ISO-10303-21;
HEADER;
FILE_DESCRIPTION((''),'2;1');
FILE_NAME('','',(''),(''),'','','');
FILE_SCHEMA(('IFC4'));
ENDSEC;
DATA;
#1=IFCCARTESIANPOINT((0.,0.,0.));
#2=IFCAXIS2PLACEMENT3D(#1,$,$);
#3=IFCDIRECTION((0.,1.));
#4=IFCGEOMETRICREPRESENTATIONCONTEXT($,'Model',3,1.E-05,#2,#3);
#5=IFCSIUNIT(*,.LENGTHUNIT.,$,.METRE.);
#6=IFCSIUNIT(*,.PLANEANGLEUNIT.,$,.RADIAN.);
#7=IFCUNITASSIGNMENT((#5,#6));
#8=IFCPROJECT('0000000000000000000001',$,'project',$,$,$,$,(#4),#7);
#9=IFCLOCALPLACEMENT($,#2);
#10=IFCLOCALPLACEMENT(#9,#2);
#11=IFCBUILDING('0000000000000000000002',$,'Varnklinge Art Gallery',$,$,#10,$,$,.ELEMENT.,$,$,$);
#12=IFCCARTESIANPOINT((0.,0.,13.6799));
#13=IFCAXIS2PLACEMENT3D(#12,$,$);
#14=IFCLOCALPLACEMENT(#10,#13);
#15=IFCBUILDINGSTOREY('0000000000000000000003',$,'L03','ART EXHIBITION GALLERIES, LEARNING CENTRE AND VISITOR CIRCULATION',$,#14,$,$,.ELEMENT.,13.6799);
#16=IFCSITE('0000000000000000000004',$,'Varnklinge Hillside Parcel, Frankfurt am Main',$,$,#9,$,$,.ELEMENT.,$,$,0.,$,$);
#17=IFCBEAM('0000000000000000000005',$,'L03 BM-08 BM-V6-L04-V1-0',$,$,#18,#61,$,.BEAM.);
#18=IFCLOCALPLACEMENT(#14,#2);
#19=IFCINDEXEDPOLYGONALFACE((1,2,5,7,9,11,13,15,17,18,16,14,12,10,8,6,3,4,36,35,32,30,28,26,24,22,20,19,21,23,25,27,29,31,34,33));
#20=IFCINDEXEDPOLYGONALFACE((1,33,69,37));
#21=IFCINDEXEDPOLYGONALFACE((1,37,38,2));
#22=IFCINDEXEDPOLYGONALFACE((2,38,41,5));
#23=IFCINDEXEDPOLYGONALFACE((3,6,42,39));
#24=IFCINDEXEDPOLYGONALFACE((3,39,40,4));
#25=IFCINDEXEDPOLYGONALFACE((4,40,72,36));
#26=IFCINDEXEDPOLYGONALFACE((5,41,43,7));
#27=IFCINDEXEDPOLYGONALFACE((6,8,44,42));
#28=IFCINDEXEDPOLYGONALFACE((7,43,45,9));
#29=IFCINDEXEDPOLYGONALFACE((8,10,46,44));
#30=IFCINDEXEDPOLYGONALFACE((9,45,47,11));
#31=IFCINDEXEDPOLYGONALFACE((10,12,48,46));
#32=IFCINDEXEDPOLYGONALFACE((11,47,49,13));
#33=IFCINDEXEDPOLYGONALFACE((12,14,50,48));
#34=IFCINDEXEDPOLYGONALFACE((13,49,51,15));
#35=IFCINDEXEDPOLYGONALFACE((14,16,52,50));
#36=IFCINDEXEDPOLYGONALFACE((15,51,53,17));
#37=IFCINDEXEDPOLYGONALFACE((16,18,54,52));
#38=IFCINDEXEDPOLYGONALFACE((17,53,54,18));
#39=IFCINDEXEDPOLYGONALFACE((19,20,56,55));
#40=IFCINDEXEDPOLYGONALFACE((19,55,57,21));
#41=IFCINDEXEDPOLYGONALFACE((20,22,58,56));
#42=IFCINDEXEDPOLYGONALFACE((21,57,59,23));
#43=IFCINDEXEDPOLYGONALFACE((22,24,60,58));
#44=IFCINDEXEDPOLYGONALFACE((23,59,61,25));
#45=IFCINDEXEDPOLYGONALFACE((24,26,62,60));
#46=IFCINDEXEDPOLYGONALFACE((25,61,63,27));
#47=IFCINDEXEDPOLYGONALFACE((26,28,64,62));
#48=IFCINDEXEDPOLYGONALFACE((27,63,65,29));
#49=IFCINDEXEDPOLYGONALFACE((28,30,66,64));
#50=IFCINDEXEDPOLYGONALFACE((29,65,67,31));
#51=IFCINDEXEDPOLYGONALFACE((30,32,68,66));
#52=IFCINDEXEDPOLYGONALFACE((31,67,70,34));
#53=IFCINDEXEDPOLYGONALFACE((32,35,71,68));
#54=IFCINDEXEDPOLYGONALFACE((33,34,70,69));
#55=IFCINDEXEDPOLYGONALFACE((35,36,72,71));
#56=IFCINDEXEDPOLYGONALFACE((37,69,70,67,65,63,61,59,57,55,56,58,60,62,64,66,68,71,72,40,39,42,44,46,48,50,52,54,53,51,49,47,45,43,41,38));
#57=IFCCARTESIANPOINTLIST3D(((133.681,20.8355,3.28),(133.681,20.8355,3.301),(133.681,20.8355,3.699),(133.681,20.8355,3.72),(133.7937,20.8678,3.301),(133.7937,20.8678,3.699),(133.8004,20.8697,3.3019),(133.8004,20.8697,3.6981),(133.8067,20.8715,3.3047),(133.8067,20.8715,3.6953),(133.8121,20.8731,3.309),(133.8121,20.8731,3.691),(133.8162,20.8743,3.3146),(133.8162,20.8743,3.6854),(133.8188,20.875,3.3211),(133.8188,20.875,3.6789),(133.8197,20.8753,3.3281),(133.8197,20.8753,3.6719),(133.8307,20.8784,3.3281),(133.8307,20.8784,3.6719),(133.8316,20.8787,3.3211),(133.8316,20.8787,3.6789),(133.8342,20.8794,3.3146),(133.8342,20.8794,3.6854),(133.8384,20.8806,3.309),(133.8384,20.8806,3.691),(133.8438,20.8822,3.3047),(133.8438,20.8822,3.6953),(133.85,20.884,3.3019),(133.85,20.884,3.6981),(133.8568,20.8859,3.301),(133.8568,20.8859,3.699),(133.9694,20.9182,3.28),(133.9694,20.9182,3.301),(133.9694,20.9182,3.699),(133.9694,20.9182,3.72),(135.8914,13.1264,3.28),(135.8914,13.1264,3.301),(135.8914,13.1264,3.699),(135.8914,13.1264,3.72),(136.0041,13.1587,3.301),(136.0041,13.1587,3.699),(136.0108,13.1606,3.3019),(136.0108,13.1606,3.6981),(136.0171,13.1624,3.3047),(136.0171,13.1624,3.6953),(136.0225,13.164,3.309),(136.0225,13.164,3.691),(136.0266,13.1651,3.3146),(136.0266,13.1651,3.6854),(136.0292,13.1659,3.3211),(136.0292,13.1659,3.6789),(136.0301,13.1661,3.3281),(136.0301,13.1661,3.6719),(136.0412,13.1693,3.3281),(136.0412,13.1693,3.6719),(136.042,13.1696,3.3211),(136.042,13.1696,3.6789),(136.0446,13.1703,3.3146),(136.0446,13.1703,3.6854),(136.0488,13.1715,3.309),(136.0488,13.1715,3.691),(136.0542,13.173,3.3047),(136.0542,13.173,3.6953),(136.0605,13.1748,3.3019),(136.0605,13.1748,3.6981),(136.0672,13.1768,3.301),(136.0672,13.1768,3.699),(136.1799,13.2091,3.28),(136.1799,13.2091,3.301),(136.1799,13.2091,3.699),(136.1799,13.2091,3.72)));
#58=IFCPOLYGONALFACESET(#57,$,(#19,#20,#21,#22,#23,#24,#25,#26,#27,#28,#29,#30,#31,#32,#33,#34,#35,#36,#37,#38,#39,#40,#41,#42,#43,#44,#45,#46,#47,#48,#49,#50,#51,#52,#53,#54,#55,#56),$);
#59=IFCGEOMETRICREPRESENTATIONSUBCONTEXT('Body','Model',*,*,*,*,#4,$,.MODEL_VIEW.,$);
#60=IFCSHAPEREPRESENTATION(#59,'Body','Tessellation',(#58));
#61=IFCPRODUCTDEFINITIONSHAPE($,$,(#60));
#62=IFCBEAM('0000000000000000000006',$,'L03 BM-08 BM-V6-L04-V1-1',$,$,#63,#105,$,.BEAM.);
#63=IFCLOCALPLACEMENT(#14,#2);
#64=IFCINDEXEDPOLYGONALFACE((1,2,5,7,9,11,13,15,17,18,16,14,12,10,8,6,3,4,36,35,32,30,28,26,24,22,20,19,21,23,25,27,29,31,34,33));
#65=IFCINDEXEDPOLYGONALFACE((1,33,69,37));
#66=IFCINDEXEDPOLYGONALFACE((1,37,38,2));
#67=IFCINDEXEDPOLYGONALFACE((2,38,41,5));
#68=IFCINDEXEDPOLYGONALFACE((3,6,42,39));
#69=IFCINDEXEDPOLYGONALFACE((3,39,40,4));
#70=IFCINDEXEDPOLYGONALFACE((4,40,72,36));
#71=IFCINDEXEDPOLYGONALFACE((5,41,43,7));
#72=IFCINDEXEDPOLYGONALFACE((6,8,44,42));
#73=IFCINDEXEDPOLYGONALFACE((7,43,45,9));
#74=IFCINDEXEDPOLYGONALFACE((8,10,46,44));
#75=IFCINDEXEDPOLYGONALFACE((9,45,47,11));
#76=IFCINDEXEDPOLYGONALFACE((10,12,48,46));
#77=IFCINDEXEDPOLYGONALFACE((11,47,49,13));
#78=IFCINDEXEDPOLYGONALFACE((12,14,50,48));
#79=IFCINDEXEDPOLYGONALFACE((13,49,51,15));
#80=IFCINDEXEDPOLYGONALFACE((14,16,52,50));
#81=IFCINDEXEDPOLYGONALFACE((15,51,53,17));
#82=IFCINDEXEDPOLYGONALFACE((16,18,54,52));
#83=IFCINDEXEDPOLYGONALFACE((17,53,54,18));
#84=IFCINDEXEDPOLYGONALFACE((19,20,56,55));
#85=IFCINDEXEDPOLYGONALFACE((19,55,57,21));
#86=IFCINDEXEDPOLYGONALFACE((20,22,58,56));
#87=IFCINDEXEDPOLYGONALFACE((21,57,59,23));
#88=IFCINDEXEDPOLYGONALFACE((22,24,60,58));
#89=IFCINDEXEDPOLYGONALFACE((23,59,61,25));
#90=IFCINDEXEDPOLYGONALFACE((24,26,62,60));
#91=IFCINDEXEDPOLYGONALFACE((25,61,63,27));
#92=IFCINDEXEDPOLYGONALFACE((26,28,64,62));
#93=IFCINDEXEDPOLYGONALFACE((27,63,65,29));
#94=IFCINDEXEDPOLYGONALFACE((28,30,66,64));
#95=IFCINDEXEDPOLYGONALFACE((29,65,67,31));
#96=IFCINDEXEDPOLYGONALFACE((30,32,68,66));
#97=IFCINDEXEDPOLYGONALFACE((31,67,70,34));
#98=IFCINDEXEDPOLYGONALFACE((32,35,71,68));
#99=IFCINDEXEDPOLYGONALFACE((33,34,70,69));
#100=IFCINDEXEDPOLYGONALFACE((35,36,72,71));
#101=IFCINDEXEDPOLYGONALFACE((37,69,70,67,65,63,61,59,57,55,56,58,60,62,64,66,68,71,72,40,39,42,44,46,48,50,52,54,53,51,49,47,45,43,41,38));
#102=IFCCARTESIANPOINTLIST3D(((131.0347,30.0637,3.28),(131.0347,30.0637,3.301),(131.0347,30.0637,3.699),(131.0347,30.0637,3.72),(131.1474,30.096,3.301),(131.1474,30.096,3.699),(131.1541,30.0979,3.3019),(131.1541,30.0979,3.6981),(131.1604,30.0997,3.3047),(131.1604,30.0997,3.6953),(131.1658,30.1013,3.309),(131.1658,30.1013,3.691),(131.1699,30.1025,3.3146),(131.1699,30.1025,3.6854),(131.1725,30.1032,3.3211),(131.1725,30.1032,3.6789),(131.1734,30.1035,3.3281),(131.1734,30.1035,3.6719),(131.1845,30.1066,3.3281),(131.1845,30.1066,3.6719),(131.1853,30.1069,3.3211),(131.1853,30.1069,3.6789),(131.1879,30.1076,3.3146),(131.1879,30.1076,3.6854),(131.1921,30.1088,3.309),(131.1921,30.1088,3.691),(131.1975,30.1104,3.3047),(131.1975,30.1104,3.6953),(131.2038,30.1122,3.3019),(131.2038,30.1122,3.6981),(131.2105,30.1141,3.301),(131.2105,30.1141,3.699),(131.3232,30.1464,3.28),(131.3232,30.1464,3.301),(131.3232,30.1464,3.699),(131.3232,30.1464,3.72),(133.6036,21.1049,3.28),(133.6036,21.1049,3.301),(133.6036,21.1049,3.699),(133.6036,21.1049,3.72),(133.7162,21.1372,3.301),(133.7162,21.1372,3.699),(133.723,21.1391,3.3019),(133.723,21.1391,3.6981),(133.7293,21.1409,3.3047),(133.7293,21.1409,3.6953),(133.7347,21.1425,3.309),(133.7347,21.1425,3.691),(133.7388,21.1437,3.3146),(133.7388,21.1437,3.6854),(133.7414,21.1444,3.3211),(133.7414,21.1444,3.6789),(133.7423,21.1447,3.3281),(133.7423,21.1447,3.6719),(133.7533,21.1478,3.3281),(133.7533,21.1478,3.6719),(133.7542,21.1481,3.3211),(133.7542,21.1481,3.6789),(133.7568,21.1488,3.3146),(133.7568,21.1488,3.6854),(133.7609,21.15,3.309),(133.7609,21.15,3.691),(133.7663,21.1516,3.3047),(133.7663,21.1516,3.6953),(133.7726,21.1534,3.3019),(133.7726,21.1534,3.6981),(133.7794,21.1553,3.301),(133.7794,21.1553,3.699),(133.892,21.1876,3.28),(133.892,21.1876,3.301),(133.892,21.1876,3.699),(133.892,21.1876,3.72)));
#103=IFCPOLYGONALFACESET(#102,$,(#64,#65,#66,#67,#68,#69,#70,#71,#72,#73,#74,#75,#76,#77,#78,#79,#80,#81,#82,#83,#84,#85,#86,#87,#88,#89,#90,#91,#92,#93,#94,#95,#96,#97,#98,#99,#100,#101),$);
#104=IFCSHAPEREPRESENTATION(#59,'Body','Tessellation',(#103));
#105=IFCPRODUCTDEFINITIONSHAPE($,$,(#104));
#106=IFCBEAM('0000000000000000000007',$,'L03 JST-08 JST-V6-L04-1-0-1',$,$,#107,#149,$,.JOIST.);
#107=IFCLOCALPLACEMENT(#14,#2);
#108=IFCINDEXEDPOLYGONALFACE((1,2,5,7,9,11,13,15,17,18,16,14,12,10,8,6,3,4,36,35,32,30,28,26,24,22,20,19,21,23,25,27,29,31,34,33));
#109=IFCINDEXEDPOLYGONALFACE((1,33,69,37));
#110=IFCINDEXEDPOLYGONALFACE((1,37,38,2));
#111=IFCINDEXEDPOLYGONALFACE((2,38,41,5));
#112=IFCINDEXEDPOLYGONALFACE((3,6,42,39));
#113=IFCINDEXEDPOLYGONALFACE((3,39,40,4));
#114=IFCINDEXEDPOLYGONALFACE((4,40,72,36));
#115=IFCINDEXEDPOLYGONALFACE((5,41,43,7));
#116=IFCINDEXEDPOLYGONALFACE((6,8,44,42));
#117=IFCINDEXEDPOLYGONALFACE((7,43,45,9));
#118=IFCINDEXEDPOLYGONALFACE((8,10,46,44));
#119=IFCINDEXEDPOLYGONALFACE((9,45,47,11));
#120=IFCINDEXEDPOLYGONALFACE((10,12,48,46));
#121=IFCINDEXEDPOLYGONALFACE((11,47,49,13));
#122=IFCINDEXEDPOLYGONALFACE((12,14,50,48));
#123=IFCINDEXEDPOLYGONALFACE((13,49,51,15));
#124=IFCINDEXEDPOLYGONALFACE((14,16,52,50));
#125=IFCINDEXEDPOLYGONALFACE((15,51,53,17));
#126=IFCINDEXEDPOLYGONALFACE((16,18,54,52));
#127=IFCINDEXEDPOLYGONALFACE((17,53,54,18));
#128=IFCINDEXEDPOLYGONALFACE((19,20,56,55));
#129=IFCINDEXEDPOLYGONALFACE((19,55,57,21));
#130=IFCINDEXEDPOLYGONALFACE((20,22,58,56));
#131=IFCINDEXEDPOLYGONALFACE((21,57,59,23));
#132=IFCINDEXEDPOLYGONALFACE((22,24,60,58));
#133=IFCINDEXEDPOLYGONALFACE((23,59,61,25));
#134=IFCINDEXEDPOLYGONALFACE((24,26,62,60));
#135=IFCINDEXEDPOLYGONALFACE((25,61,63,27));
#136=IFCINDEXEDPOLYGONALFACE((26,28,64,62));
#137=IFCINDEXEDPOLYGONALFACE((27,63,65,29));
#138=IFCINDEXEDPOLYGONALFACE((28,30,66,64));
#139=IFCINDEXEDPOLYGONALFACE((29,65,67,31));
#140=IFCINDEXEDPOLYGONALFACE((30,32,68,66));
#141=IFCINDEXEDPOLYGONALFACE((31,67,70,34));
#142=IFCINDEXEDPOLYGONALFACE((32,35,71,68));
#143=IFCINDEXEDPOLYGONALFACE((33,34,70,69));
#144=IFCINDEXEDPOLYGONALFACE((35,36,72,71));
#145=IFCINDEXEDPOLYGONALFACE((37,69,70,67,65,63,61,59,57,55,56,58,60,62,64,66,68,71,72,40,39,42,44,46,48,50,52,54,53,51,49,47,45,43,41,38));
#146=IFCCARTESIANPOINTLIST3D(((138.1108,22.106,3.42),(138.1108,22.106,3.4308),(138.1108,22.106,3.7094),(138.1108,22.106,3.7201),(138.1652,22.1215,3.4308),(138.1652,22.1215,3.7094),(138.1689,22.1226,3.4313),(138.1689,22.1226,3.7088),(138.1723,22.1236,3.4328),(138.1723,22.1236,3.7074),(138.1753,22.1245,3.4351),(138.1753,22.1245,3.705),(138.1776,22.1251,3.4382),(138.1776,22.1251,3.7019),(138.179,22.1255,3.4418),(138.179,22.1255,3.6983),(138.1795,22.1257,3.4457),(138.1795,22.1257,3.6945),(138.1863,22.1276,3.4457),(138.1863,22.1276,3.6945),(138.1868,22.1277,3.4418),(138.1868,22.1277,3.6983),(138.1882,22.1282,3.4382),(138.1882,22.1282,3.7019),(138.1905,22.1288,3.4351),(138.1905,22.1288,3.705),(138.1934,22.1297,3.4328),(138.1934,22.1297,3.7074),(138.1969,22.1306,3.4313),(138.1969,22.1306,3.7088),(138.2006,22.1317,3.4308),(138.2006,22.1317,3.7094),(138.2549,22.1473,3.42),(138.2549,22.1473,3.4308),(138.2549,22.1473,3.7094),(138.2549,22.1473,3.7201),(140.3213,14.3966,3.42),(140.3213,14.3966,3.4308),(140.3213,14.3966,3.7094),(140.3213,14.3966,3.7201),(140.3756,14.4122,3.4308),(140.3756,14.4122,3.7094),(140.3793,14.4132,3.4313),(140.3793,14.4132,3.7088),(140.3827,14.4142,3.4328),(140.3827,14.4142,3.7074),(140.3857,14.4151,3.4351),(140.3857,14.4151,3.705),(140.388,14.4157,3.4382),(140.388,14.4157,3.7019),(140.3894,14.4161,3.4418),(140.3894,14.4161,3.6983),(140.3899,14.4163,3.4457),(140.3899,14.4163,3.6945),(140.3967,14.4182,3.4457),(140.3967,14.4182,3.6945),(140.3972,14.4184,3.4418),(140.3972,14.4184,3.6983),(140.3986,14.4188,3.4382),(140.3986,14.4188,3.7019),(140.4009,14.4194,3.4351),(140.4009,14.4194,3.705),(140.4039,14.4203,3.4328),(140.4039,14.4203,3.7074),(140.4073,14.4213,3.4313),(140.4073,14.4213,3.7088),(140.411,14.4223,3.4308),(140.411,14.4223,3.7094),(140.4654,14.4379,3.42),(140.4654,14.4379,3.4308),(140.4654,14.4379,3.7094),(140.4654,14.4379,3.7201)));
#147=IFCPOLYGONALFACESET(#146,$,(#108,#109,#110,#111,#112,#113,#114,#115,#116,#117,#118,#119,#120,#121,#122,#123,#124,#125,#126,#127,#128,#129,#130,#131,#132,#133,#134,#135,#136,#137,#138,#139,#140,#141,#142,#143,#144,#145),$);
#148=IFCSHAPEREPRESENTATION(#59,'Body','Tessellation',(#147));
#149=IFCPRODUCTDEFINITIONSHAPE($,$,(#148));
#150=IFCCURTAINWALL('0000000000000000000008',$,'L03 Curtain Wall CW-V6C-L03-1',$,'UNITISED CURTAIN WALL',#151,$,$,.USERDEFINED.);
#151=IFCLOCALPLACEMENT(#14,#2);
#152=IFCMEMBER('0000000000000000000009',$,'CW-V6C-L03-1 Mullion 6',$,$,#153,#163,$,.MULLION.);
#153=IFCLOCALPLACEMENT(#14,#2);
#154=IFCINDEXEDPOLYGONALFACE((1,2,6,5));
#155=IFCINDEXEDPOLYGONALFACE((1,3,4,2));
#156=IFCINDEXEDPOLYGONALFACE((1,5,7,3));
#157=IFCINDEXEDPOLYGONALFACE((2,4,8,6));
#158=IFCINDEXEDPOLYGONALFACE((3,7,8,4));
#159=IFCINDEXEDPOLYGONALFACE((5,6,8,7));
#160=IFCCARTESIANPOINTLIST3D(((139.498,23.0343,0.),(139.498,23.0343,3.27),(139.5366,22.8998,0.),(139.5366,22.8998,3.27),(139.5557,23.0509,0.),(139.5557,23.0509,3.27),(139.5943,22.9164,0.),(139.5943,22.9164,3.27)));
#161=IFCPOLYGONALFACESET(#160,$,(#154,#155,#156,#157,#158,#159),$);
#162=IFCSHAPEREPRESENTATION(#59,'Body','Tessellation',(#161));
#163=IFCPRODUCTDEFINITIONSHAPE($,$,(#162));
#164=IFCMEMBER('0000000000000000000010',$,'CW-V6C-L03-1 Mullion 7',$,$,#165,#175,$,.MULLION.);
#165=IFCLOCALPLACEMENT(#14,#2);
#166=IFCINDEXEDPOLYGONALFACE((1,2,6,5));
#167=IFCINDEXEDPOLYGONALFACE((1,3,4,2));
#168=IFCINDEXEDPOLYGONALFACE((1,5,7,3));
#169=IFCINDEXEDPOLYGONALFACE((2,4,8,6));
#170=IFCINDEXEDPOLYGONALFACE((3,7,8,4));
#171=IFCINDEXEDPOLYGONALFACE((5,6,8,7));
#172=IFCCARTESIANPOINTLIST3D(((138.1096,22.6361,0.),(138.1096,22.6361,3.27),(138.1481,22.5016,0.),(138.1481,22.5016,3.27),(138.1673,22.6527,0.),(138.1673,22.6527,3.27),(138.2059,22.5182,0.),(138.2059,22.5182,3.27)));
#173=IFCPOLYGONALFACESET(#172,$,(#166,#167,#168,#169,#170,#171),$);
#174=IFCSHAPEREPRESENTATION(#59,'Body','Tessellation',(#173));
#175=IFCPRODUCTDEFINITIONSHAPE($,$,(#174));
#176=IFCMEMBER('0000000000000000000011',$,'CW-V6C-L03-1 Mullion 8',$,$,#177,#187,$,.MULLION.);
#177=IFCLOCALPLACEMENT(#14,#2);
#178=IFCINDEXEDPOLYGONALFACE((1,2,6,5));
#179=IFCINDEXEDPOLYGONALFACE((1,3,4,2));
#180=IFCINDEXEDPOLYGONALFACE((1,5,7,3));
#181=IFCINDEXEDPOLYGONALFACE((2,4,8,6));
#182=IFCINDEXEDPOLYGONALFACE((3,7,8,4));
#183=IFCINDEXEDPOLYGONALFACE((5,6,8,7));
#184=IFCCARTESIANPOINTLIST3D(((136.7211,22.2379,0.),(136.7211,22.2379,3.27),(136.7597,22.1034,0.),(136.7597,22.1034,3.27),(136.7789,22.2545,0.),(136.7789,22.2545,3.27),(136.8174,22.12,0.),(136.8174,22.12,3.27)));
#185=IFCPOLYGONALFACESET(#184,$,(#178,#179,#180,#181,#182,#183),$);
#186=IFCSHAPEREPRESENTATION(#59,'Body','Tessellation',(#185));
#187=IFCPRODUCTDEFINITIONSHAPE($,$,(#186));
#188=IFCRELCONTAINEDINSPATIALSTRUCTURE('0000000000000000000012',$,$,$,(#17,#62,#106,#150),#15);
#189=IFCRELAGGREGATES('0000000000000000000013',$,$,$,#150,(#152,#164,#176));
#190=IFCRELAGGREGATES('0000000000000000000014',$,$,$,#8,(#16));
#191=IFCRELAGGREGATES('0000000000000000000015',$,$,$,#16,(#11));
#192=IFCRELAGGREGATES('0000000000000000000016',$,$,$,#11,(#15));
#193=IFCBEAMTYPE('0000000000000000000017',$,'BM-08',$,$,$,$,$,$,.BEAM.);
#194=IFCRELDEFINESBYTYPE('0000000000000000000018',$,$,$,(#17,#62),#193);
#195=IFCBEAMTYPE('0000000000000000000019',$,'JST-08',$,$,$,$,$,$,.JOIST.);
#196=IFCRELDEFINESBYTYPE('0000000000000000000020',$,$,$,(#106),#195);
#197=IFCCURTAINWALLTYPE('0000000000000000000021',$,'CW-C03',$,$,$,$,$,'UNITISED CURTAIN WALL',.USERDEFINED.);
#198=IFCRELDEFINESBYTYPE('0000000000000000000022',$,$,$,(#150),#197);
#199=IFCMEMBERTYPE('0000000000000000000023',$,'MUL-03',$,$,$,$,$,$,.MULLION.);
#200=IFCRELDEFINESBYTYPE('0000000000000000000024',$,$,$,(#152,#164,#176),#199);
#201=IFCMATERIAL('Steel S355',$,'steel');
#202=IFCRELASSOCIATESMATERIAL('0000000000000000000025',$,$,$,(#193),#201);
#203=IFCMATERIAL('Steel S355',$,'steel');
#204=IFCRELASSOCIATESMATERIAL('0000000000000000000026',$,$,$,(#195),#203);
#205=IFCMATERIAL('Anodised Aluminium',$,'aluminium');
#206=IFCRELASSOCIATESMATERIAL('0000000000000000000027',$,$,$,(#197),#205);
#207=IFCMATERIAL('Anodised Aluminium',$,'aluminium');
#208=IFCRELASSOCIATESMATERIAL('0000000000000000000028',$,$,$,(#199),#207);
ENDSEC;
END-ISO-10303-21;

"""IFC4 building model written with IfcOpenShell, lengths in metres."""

from ifc_helpers import new_model, si_unit, direction, frame, origin, origin_2d, place, context, subcontext, project, spatial, rectangle, i_section, extrude, material, material_profile, profile_set, type_object, element, aggregate, save


model = new_model("IFC4")

# Units and contexts
model_context = context("Model", 3, precision=1e-05, world=origin(), true_north=direction((0.0, 1.0)))
body_context = subcontext(model_context, "Body", "Model", "MODEL_VIEW")
ifc_project = project(units=[si_unit("LENGTHUNIT", "METRE"), si_unit("PLANEANGLEUNIT", "RADIAN")], contexts=[model_context])

# Site, building, storey
site_placement = place(None, origin())
site = spatial("IfcSite", under=ifc_project, at=site_placement, Name="Varnklinge Hillside Parcel, Frankfurt am Main", CompositionType="ELEMENT", RefElevation=0.0)
building_placement = place(site_placement, origin())
building = spatial("IfcBuilding", under=site, at=building_placement, Name="Varnklinge Art Gallery", CompositionType="ELEMENT")
storey_placement = place(building_placement, frame((0.0, 0.0, 13.6799)))
storey = spatial("IfcBuildingStorey", under=building, at=storey_placement, Name="L03", Description="ART EXHIBITION GALLERIES, LEARNING CENTRE AND VISITOR CIRCULATION", CompositionType="ELEMENT", Elevation=13.6799)

# Beams
ifc_material_1 = material(Name="Steel S355", Category="steel")
ifc_material_profile_1 = material_profile(ifc_material_1, i_section(OverallWidth=0.3, OverallDepth=0.4399, WebThickness=0.0115, FlangeThickness=0.021, FilletRadius=0.0271, at=origin_2d()), Name="HEA 450")
ifc_profile_set_1 = profile_set([ifc_material_profile_1], Name="Steel S355")
beam_type_1 = type_object("IfcBeamType", Name="BM-08", PredefinedType="BEAM", material=ifc_profile_set_1)
beam_1_placement = place(storey_placement, frame((136.0356, 13.1677, 3.5), z_axis=(-0.275622, 0.961266, 0.0), x_axis=(-0.961266, -0.275622, 0.0)))
element("IfcBeam", 1, at=beam_1_placement, inside=storey, type_object=beam_type_1, Name="L03 BM-08 BM-V6-L04-V1-0", PredefinedType="BEAM", context=body_context, shape_type="SweptSolid", body=[
    extrude(i_section(OverallWidth=0.3, OverallDepth=0.4399, WebThickness=0.0115, FlangeThickness=0.021, FilletRadius=0.0271, at=origin_2d()), origin(), (0.0, 0.0, 1.0), 8.0198),
])
beam_2_placement = place(storey_placement, frame((133.7478, 21.1462, 3.5), z_axis=(-0.275634, 0.961263, 0.0), x_axis=(-0.961263, -0.275634, 0.0)))
element("IfcBeam", 2, at=beam_2_placement, inside=storey, type_object=beam_type_1, Name="L03 BM-08 BM-V6-L04-V1-1", PredefinedType="BEAM", context=body_context, shape_type="SweptSolid", body=[
    extrude(i_section(OverallWidth=0.3, OverallDepth=0.4399, WebThickness=0.0115, FlangeThickness=0.021, FilletRadius=0.0271, at=origin_2d()), origin(), (0.0, 0.0, 1.0), 9.3198),
])
ifc_material_2 = material(Name="Steel S355", Category="steel")
ifc_material_profile_2 = material_profile(ifc_material_2, i_section(OverallWidth=0.1499, OverallDepth=0.3, WebThickness=0.0071, FlangeThickness=0.0107, FilletRadius=0.0149, at=origin_2d()), Name="IPE 300")
ifc_profile_set_2 = profile_set([ifc_material_profile_2], Name="Steel S355")
beam_type_2 = type_object("IfcBeamType", Name="JST-08", PredefinedType="JOIST", material=ifc_profile_set_2)
beam_3_placement = place(storey_placement, frame((140.3933, 14.4172, 3.5701), z_axis=(-0.275614, 0.961269, 0.0), x_axis=(-0.961269, -0.275614, 0.0)))
element("IfcBeam", 3, at=beam_3_placement, inside=storey, type_object=beam_type_2, Name="L03 JST-08 JST-V6-L04-1-0-1", PredefinedType="JOIST", context=body_context, shape_type="SweptSolid", body=[
    extrude(i_section(OverallWidth=0.1499, OverallDepth=0.3, WebThickness=0.0071, FlangeThickness=0.0107, FilletRadius=0.0149, at=origin_2d()), origin(), (0.0, 0.0, 1.0), 8.02),
])

# Curtain wall, members
ifc_material_3 = material(Name="Anodised Aluminium", Category="aluminium")
curtain_wall_type = type_object("IfcCurtainWallType", Name="CW-C03", ElementType="UNITISED CURTAIN WALL", PredefinedType="USERDEFINED", material=ifc_material_3)
curtain_wall_1_placement = place(storey_placement, origin())
curtain_wall_1 = element("IfcCurtainWall", 4, at=curtain_wall_1_placement, inside=storey, type_object=curtain_wall_type, Name="L03 Curtain Wall CW-V6C-L03-1", ObjectType="UNITISED CURTAIN WALL", PredefinedType="USERDEFINED")
ifc_material_4 = material(Name="Anodised Aluminium", Category="aluminium")
ifc_material_profile_3 = material_profile(ifc_material_4, rectangle(XDim=0.0601, YDim=0.1399, at=origin_2d()), Name="ALU 60x140")
ifc_profile_set_3 = profile_set([ifc_material_profile_3], Name="Anodised Aluminium")
member_type_1 = type_object("IfcMemberType", Name="MUL-03", PredefinedType="MULLION", material=ifc_profile_set_3)
member_1_placement = place(storey_placement, frame((139.5461, 22.9753, 0.0), z_axis=(0.0, 0.0, 1.0), x_axis=(-0.961262, -0.275637, 0.0)))
member_1 = element("IfcMember", 5, at=member_1_placement, type_object=member_type_1, Name="CW-V6C-L03-1 Mullion 6", PredefinedType="MULLION", context=body_context, shape_type="SweptSolid", body=[
    extrude(rectangle(XDim=0.0601, YDim=0.1399, at=origin_2d()), origin(), (0.0, 0.0, 1.0), 3.27),
])
member_2_placement = place(storey_placement, frame((138.1577, 22.5771, 0.0), z_axis=(0.0, 0.0, 1.0), x_axis=(-0.961262, -0.275637, 0.0)))
member_2 = element("IfcMember", 6, at=member_2_placement, type_object=member_type_1, Name="CW-V6C-L03-1 Mullion 7", PredefinedType="MULLION", context=body_context, shape_type="SweptSolid", body=[
    extrude(rectangle(XDim=0.0601, YDim=0.1399, at=origin_2d()), origin(), (0.0, 0.0, 1.0), 3.27),
])
member_3_placement = place(storey_placement, frame((136.7693, 22.179, 0.0), z_axis=(0.0, 0.0, 1.0), x_axis=(-0.961262, -0.275637, 0.0)))
member_3 = element("IfcMember", 7, at=member_3_placement, type_object=member_type_1, Name="CW-V6C-L03-1 Mullion 8", PredefinedType="MULLION", context=body_context, shape_type="SweptSolid", body=[
    extrude(rectangle(XDim=0.0601, YDim=0.1399, at=origin_2d()), origin(), (0.0, 0.0, 1.0), 3.27),
])

aggregate(curtain_wall_1, [member_1, member_2, member_3])

save(model, "model.ifc")
